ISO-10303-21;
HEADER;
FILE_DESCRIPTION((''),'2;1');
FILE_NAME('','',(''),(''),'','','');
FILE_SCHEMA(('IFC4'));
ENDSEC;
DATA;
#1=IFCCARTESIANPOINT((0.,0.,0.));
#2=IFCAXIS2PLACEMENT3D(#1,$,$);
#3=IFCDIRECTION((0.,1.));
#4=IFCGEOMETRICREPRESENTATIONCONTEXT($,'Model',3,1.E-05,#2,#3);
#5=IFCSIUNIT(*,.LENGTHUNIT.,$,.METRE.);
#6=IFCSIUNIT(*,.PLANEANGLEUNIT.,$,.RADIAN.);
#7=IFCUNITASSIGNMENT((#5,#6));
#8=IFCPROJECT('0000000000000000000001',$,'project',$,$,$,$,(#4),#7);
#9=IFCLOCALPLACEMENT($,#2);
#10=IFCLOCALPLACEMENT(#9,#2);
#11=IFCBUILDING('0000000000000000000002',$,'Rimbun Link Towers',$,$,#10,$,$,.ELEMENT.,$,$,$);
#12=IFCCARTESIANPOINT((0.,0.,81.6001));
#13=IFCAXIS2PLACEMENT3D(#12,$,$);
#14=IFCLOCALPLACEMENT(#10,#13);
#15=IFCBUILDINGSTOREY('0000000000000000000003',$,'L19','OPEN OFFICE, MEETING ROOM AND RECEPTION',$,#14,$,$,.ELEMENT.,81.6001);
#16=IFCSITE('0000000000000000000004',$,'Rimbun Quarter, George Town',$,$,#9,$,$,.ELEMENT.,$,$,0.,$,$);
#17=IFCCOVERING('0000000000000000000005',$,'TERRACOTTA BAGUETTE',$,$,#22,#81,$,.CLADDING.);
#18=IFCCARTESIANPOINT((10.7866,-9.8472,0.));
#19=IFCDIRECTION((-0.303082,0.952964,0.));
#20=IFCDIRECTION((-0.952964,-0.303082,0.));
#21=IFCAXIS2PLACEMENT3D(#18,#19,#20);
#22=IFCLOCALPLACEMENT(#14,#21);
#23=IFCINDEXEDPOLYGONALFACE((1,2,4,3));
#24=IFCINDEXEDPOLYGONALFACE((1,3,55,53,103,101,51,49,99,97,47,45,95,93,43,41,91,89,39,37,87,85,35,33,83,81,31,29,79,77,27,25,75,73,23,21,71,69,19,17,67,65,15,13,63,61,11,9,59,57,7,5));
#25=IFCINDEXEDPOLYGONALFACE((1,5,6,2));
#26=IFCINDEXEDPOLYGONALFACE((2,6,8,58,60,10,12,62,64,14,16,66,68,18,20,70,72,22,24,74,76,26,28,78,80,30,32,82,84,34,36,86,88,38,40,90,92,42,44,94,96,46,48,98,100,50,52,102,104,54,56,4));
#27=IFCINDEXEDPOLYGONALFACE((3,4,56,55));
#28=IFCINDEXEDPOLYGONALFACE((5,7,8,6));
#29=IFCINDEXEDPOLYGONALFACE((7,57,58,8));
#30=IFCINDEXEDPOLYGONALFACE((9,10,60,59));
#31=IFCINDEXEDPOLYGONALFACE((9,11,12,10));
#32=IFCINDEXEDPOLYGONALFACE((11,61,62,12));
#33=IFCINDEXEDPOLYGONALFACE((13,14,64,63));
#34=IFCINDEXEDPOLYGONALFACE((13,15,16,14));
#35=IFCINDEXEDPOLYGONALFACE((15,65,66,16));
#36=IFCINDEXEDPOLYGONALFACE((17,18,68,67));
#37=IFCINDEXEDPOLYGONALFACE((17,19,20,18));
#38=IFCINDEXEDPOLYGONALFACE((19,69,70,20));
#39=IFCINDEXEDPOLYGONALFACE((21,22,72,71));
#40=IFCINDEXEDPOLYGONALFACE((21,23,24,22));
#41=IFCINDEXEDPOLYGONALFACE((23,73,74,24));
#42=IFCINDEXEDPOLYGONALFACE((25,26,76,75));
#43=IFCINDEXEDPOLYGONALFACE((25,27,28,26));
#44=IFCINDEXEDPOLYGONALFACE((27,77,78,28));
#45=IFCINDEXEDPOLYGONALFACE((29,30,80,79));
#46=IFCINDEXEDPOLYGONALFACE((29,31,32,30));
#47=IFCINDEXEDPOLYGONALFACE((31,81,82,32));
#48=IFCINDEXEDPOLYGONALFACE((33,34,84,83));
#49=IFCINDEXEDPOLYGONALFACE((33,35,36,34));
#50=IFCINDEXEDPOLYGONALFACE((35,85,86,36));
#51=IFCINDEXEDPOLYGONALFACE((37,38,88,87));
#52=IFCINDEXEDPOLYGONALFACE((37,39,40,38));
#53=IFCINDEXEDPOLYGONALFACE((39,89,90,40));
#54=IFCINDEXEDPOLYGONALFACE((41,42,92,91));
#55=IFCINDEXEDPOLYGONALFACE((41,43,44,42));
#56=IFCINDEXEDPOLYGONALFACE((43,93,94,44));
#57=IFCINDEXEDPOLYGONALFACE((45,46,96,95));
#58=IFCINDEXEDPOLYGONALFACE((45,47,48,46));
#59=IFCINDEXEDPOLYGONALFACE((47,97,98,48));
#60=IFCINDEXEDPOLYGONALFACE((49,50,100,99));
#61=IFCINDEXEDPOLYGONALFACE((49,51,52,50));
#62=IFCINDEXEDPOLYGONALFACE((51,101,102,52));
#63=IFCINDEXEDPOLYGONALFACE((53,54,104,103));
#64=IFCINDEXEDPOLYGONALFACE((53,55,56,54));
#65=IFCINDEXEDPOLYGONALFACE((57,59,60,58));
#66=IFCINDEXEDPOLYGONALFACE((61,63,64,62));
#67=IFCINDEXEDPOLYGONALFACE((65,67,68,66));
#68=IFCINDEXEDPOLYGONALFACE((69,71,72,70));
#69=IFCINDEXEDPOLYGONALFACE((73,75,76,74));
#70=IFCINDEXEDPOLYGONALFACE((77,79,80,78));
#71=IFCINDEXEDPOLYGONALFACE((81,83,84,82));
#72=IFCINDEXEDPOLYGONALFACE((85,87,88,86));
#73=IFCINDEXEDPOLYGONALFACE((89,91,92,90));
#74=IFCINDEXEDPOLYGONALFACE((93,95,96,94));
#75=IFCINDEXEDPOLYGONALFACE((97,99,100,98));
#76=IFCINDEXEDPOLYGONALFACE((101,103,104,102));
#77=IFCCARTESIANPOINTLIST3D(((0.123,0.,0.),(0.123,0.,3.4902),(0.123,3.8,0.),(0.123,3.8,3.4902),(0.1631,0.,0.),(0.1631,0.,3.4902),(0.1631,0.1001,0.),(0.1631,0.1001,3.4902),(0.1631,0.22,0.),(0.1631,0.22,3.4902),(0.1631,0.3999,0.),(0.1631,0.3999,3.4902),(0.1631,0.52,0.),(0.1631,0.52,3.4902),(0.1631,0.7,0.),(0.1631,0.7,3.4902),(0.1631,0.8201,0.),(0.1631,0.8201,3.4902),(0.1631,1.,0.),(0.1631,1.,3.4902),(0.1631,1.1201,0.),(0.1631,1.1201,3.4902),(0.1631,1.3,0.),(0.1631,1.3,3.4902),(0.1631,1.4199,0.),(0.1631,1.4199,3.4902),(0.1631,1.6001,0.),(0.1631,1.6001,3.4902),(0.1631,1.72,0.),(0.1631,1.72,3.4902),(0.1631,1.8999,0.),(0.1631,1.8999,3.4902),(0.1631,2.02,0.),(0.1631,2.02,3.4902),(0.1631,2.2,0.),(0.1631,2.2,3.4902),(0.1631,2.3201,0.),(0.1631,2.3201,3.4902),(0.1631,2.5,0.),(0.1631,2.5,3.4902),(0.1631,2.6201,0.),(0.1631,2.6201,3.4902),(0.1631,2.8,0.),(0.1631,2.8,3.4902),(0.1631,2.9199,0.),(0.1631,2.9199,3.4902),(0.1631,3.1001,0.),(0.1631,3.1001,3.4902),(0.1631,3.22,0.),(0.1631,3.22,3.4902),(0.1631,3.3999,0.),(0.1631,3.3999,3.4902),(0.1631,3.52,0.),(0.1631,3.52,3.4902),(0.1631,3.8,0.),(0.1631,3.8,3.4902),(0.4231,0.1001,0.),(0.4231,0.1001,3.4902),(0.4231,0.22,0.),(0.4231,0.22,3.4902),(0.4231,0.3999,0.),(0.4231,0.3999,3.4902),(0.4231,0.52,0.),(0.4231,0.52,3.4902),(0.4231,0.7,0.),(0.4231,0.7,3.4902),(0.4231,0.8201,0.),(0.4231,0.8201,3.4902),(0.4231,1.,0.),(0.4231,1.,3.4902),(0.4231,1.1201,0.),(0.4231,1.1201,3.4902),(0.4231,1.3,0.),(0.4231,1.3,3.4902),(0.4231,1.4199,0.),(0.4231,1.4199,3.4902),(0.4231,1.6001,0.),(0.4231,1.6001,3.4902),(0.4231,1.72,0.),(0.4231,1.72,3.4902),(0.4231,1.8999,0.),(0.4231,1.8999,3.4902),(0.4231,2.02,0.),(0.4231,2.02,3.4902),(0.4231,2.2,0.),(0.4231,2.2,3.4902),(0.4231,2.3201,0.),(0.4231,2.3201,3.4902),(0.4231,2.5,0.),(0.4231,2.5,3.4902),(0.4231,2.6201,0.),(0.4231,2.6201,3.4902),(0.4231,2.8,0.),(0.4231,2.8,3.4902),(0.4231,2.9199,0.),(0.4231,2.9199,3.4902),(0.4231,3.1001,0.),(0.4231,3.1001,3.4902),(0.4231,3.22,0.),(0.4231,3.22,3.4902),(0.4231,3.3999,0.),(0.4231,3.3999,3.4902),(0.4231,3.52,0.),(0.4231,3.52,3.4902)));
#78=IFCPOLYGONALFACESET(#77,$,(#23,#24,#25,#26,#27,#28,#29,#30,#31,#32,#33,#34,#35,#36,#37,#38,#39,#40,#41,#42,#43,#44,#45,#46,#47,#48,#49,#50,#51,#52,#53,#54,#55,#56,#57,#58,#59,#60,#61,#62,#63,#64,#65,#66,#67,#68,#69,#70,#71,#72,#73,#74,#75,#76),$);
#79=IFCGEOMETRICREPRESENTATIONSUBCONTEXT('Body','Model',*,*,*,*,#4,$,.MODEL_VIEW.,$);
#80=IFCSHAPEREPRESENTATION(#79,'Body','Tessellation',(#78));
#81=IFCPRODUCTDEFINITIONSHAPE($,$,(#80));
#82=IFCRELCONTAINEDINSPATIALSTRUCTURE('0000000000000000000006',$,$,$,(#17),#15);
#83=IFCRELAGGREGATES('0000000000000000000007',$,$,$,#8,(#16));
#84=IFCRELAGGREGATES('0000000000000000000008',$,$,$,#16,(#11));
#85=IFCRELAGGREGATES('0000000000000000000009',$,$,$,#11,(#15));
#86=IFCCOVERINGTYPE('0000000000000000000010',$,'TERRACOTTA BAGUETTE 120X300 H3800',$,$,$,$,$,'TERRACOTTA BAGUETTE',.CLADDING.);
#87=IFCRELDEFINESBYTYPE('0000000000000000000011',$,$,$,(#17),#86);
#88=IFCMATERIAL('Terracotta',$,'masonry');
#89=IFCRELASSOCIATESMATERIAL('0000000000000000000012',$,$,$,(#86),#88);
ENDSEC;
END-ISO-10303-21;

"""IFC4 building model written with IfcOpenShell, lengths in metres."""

from ifc_helpers import new_model, si_unit, direction, frame, origin, place, context, subcontext, project, spatial, polyline, outline, extrude, material, material_profile, profile_set, type_object, element, save


model = new_model("IFC4")

# Units and contexts
model_context = context("Model", 3, precision=1e-05, world=origin(), true_north=direction((0.0, 1.0)))
body_context = subcontext(model_context, "Body", "Model", "MODEL_VIEW")
ifc_project = project(units=[si_unit("LENGTHUNIT", "METRE"), si_unit("PLANEANGLEUNIT", "RADIAN")], contexts=[model_context])

# Site, building, storey
site_placement = place(None, origin())
site = spatial("IfcSite", under=ifc_project, at=site_placement, Name="Rimbun Quarter, George Town", CompositionType="ELEMENT", RefElevation=0.0)
building_placement = place(site_placement, origin())
building = spatial("IfcBuilding", under=site, at=building_placement, Name="Rimbun Link Towers", CompositionType="ELEMENT")
storey_placement = place(building_placement, frame((0.0, 0.0, 81.6001)))
storey = spatial("IfcBuildingStorey", under=building, at=storey_placement, Name="L19", Description="OPEN OFFICE, MEETING ROOM AND RECEPTION", CompositionType="ELEMENT", Elevation=81.6001)

# Covering
ifc_material_1 = material(Name="Terracotta", Category="masonry")
ifc_material_profile_1 = material_profile(ifc_material_1, outline(polyline([(0.123, 0.0), (0.1631, 0.0), (0.1631, 0.1001), (0.4231, 0.1001), (0.4231, 0.22), (0.1631, 0.22), (0.1631, 0.3999), (0.4231, 0.3999), (0.4231, 0.52), (0.1631, 0.52), (0.1631, 0.7), (0.4231, 0.7), (0.4231, 0.8201), (0.1631, 0.8201), (0.1631, 1.0), (0.4231, 1.0), (0.4231, 1.1201), (0.1631, 1.1201), (0.1631, 1.3), (0.4231, 1.3), (0.4231, 1.4199), (0.1631, 1.4199), (0.1631, 1.6001), (0.4231, 1.6001), (0.4231, 1.72), (0.1631, 1.72), (0.1631, 1.8999), (0.4231, 1.8999), (0.4231, 2.02), (0.1631, 2.02), (0.1631, 2.2), (0.4231, 2.2), (0.4231, 2.3201), (0.1631, 2.3201), (0.1631, 2.5), (0.4231, 2.5), (0.4231, 2.6201), (0.1631, 2.6201), (0.1631, 2.8), (0.4231, 2.8), (0.4231, 2.9199), (0.1631, 2.9199), (0.1631, 3.1001), (0.4231, 3.1001), (0.4231, 3.22), (0.1631, 3.22), (0.1631, 3.3999), (0.4231, 3.3999), (0.4231, 3.52), (0.1631, 3.52), (0.1631, 3.8), (0.123, 3.8), (0.123, 0.0)])), Name="BAGUETTE 120X300")
ifc_profile_set_1 = profile_set([ifc_material_profile_1], Name="Terracotta")
covering_type_1 = type_object("IfcCoveringType", Name="TERRACOTTA BAGUETTE 120X300 H3800", ElementType="TERRACOTTA BAGUETTE", PredefinedType="CLADDING", material=ifc_profile_set_1)
covering_1_placement = place(storey_placement, frame((10.7866, -9.8472, 0.0), z_axis=(-0.303082, 0.952964, 0.0), x_axis=(-0.952964, -0.303082, 0.0)))
element("IfcCovering", 1, at=covering_1_placement, inside=storey, type_object=covering_type_1, Name="TERRACOTTA BAGUETTE", PredefinedType="CLADDING", context=body_context, shape_type="SweptSolid", body=[
    extrude(outline(polyline([(0.123, 0.0), (0.1631, 0.0), (0.1631, 0.1001), (0.4231, 0.1001), (0.4231, 0.22), (0.1631, 0.22), (0.1631, 0.3999), (0.4231, 0.3999), (0.4231, 0.52), (0.1631, 0.52), (0.1631, 0.7), (0.4231, 0.7), (0.4231, 0.8201), (0.1631, 0.8201), (0.1631, 1.0), (0.4231, 1.0), (0.4231, 1.1201), (0.1631, 1.1201), (0.1631, 1.3), (0.4231, 1.3), (0.4231, 1.4199), (0.1631, 1.4199), (0.1631, 1.6001), (0.4231, 1.6001), (0.4231, 1.72), (0.1631, 1.72), (0.1631, 1.8999), (0.4231, 1.8999), (0.4231, 2.02), (0.1631, 2.02), (0.1631, 2.2), (0.4231, 2.2), (0.4231, 2.3201), (0.1631, 2.3201), (0.1631, 2.5), (0.4231, 2.5), (0.4231, 2.6201), (0.1631, 2.6201), (0.1631, 2.8), (0.4231, 2.8), (0.4231, 2.9199), (0.1631, 2.9199), (0.1631, 3.1001), (0.4231, 3.1001), (0.4231, 3.22), (0.1631, 3.22), (0.1631, 3.3999), (0.4231, 3.3999), (0.4231, 3.52), (0.1631, 3.52), (0.1631, 3.8), (0.123, 3.8), (0.123, 0.0)])), origin(), (0.0, 0.0, 1.0), 3.4902),
])

save(model, "model.ifc")
